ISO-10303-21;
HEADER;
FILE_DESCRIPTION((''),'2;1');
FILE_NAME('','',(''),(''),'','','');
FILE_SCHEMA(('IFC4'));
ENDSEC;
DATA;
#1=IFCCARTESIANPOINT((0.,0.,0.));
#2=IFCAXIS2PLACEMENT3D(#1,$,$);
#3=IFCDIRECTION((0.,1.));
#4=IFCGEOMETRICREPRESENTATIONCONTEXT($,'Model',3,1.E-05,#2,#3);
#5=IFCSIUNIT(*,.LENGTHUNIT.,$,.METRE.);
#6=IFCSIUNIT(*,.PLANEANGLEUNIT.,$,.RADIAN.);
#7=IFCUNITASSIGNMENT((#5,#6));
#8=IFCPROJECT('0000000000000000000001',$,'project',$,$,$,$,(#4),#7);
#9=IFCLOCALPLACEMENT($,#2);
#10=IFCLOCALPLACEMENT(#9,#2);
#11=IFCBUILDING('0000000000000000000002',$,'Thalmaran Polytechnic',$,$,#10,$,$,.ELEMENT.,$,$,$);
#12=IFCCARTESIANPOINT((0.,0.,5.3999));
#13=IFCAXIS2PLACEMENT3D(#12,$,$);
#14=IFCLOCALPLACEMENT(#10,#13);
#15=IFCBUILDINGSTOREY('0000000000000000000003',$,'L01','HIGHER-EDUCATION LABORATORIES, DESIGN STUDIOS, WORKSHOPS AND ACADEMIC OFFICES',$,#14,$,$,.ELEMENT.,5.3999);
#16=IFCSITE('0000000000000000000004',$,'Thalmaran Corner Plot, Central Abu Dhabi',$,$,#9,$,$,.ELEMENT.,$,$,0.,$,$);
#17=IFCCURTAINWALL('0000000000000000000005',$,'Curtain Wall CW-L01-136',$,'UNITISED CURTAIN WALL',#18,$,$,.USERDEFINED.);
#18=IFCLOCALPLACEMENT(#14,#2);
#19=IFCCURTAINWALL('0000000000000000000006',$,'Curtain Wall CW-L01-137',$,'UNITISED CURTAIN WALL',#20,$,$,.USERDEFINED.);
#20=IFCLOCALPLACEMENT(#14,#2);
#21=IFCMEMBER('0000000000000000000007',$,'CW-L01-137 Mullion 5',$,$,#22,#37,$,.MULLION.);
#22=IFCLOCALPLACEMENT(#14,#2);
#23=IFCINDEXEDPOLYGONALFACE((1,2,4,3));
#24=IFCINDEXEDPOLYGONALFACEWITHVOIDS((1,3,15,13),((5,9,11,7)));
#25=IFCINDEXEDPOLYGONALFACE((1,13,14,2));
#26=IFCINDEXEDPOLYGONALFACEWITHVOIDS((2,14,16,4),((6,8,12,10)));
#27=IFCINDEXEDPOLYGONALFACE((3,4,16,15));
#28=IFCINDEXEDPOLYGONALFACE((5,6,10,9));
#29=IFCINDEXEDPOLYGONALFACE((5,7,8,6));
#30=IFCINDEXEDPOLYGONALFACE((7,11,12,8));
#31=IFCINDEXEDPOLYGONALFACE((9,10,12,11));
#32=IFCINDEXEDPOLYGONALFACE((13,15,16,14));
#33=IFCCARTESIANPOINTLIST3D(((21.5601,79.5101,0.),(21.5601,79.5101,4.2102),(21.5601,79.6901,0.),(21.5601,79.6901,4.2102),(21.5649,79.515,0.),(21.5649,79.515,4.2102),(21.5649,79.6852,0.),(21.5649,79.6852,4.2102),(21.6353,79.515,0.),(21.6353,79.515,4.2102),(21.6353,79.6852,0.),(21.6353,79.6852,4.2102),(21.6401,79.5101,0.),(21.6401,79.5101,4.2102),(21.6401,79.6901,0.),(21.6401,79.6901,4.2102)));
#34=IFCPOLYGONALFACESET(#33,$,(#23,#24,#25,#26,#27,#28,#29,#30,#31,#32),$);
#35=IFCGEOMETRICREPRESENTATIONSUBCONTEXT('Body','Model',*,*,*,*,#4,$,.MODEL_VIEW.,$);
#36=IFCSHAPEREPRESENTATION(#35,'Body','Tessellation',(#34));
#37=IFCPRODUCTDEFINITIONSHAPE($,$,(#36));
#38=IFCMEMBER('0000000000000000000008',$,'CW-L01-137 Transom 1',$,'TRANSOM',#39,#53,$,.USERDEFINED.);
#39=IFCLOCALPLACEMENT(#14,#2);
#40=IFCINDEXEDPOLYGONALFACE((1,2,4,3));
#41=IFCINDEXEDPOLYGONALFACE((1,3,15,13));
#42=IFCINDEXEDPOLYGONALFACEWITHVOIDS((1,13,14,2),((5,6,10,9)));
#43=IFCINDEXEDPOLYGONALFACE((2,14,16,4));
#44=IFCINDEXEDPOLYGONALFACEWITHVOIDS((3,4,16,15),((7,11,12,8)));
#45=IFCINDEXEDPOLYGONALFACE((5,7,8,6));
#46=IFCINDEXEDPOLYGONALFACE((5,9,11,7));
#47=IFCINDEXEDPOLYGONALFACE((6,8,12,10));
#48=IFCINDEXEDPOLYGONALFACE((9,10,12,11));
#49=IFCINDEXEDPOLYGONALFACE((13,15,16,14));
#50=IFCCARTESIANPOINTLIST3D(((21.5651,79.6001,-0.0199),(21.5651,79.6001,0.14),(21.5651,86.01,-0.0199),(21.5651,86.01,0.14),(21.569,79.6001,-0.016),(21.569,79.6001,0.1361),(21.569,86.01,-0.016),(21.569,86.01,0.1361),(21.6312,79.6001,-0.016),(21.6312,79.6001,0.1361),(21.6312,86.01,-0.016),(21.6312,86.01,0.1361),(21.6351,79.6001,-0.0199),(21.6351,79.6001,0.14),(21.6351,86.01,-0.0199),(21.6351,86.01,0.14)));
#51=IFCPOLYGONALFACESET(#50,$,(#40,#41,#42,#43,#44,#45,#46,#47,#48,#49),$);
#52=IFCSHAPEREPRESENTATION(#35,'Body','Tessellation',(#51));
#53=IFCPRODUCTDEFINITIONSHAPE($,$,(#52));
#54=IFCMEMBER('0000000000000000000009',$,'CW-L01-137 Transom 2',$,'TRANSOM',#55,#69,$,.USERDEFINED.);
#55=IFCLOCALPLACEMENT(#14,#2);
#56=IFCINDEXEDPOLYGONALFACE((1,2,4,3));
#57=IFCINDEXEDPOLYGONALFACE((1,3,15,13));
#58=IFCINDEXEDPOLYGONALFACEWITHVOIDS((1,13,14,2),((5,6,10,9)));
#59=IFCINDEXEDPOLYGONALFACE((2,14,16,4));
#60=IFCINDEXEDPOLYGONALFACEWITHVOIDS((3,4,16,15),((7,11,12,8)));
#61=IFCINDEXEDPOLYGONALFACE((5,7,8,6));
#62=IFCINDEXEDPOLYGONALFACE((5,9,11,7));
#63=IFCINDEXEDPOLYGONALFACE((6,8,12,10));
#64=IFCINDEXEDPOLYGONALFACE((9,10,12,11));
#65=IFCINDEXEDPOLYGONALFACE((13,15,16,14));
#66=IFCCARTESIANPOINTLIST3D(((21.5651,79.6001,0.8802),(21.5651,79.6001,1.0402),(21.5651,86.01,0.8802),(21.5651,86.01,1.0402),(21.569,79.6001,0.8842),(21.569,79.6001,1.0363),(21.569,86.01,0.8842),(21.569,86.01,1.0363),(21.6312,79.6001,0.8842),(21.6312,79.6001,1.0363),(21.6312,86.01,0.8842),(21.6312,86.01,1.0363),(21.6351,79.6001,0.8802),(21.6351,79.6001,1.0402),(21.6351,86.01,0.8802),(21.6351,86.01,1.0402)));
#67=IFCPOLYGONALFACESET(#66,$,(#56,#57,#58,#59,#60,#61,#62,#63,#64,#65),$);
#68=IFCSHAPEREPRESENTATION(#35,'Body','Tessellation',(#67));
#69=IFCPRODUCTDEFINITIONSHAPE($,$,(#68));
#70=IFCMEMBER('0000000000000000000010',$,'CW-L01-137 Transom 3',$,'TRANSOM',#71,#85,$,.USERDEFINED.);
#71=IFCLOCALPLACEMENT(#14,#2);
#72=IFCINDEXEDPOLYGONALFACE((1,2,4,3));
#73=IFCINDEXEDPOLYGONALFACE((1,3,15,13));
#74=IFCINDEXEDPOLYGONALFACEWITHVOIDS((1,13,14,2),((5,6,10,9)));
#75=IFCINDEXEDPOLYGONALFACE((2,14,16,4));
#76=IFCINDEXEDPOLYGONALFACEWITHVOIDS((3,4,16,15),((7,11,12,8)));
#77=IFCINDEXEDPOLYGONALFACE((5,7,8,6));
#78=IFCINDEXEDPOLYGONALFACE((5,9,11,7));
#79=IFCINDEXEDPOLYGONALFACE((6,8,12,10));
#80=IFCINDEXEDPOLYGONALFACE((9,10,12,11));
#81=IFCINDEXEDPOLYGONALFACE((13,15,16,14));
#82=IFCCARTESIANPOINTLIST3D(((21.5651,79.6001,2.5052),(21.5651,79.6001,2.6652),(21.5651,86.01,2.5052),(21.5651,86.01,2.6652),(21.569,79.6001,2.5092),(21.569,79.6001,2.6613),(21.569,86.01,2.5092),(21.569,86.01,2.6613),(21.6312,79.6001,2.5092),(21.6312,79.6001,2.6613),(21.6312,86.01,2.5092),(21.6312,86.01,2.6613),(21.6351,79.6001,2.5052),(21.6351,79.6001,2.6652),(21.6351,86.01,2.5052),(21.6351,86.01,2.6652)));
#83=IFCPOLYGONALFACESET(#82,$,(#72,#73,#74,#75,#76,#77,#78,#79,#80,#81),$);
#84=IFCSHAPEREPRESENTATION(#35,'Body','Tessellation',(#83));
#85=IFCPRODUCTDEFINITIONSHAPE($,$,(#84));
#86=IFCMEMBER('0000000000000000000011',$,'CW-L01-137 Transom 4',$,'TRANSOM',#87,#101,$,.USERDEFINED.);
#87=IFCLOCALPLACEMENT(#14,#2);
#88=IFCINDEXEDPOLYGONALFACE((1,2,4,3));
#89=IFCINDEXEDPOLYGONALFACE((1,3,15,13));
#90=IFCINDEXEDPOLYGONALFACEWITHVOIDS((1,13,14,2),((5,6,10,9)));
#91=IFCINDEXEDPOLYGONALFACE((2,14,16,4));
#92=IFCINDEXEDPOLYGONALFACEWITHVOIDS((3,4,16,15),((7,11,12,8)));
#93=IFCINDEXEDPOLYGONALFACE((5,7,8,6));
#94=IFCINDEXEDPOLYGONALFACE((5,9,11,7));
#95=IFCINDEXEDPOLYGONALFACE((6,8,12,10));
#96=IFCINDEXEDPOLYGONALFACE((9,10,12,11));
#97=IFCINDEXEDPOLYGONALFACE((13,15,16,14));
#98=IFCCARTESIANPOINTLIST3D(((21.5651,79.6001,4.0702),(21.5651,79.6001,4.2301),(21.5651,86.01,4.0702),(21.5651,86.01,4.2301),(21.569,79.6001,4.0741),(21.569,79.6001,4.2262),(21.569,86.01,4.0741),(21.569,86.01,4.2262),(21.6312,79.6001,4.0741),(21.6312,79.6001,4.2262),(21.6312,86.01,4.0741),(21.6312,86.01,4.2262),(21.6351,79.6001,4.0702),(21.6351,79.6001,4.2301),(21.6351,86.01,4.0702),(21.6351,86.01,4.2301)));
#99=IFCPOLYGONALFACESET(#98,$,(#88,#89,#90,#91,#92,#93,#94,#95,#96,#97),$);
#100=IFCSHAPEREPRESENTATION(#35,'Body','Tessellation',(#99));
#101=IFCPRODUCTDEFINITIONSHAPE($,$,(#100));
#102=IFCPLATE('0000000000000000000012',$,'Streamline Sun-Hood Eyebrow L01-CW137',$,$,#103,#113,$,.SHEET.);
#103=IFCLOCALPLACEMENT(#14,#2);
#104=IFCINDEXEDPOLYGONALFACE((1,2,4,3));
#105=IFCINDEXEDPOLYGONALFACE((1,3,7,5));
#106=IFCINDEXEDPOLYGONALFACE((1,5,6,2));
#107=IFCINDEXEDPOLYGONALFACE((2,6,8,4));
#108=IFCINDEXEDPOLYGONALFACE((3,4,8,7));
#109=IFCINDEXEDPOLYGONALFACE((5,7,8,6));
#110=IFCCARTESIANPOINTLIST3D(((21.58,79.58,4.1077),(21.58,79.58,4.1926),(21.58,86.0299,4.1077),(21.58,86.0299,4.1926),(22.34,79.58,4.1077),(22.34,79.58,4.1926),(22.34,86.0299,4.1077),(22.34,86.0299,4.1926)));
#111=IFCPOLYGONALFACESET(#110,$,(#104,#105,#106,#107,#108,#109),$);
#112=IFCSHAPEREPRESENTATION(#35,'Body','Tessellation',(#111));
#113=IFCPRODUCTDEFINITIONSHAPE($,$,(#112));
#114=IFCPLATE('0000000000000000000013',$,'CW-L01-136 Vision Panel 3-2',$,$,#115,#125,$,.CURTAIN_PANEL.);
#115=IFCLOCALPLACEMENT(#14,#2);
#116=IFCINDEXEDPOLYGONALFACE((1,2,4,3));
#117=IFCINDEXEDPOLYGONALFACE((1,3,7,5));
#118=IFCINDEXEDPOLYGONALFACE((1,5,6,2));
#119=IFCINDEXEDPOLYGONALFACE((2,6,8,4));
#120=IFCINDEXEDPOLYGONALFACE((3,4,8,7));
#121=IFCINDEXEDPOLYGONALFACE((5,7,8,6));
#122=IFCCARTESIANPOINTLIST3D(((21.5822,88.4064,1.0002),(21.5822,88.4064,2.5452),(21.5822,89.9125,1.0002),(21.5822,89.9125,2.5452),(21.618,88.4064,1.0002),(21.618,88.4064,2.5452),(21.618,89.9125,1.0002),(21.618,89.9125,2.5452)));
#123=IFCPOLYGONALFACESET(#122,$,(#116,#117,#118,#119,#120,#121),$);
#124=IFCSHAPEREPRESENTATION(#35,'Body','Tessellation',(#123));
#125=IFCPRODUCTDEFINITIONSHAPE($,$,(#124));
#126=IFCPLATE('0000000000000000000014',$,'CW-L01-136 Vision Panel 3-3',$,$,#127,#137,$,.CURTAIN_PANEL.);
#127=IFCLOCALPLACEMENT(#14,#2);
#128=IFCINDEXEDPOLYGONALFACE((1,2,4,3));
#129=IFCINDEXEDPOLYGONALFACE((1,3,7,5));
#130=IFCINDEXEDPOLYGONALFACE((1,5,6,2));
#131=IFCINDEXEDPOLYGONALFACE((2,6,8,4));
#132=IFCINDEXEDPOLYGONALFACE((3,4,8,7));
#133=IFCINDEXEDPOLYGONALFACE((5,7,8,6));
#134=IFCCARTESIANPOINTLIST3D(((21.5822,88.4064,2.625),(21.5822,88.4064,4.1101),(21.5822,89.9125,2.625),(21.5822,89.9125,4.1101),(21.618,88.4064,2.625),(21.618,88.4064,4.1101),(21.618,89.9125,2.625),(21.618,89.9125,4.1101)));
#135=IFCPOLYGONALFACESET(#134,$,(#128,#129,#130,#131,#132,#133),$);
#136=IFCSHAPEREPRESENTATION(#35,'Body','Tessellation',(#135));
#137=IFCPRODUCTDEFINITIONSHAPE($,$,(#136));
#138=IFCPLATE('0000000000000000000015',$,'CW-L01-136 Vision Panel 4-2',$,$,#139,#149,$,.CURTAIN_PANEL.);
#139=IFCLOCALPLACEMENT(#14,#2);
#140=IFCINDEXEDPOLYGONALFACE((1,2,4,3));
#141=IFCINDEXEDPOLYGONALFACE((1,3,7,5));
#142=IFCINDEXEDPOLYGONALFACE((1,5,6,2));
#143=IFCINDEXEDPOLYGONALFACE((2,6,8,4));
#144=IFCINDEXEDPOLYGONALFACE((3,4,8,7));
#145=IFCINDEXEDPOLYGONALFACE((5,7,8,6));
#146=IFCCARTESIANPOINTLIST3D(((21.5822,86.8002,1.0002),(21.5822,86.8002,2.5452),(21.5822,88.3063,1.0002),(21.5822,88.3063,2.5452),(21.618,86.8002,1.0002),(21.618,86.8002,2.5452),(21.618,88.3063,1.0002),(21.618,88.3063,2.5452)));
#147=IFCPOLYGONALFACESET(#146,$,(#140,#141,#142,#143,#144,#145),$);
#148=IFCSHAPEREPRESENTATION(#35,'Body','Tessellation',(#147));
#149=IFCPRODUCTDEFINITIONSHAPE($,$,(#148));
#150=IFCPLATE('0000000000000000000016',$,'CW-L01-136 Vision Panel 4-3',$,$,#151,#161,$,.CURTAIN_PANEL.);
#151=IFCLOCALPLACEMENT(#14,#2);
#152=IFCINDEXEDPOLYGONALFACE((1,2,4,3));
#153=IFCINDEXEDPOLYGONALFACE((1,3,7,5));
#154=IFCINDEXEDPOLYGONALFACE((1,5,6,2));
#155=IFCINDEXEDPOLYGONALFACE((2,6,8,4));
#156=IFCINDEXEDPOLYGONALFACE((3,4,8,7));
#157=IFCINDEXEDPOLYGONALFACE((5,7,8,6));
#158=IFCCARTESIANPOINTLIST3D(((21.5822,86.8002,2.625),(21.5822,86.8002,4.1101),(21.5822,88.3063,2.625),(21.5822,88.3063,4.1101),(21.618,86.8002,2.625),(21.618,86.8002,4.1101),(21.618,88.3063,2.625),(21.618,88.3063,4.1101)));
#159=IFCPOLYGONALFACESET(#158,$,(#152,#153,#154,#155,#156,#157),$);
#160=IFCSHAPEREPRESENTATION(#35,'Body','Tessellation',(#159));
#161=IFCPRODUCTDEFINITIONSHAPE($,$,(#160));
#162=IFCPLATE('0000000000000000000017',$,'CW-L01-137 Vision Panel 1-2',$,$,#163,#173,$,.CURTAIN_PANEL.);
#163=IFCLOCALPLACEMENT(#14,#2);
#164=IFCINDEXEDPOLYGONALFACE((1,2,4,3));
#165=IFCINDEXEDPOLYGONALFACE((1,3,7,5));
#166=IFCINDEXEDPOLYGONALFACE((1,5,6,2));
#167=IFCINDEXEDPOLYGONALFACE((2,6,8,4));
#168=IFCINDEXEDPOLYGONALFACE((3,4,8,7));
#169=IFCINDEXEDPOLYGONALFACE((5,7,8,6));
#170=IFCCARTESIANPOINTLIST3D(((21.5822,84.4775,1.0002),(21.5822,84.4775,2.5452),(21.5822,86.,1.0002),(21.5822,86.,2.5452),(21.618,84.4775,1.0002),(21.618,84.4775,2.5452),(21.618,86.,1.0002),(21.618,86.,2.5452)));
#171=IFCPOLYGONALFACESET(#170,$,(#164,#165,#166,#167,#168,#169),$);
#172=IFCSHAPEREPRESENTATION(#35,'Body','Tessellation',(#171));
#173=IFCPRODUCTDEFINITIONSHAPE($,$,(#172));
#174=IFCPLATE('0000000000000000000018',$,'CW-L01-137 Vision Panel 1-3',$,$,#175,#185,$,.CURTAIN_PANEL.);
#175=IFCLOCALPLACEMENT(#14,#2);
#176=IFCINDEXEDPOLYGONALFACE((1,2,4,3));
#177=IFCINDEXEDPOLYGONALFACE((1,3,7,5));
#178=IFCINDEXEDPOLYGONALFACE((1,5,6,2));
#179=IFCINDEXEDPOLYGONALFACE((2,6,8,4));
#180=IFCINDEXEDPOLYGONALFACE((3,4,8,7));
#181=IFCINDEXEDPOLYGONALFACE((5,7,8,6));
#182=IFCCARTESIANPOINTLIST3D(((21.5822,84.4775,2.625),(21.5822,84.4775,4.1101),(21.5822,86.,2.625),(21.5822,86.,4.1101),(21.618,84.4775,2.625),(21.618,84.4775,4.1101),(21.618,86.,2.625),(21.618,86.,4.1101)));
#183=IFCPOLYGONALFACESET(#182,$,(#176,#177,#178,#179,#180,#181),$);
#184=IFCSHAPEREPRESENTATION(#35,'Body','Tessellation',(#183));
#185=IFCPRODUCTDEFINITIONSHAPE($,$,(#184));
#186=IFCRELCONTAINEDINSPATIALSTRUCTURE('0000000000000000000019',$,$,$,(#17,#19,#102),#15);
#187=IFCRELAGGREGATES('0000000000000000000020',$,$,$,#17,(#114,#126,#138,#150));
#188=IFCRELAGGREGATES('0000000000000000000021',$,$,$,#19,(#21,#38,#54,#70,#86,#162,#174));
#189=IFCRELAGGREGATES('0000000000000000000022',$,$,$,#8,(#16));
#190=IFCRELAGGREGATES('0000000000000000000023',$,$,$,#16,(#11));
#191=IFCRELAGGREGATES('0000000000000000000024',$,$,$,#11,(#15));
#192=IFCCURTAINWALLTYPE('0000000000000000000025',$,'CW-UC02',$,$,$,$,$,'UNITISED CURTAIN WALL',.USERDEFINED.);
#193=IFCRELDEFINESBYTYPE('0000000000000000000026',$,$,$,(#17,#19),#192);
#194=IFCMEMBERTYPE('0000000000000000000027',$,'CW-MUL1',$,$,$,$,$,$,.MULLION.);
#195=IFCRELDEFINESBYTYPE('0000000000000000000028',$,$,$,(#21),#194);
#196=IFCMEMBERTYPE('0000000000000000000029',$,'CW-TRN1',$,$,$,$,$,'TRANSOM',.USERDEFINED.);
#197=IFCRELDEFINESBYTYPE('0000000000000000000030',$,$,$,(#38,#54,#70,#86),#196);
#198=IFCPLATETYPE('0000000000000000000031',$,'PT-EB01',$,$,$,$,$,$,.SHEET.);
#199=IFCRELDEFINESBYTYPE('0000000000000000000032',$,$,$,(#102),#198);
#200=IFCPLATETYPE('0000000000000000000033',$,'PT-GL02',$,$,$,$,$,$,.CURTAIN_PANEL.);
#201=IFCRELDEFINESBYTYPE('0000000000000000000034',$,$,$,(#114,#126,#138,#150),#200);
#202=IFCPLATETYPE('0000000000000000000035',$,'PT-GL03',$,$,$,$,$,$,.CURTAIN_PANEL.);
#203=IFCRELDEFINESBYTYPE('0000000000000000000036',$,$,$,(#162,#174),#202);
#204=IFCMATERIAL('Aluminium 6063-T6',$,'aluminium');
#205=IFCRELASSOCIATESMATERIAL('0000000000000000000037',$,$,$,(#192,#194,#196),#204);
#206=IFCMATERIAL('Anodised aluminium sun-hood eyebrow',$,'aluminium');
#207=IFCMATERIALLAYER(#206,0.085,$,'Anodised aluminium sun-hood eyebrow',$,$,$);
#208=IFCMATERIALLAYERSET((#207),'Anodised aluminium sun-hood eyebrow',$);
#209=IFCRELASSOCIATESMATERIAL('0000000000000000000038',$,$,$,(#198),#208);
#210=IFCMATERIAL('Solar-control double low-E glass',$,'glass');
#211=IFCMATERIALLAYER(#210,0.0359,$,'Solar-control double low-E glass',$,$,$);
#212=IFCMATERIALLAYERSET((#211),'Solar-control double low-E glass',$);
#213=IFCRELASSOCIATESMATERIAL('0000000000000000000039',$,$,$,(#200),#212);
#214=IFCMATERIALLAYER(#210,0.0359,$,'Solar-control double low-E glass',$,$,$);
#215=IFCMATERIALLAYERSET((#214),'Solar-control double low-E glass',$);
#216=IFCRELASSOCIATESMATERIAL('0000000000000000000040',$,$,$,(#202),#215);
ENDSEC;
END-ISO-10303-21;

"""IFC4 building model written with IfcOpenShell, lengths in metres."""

from ifc_helpers import new_model, si_unit, direction, frame, origin, origin_2d, place, context, subcontext, project, spatial, rectangle, hollow_rectangle, extrude, material, layer, layer_set, material_profile, profile_set, type_object, element, aggregate, save


model = new_model("IFC4")

# Units and contexts
model_context = context("Model", 3, precision=1e-05, world=origin(), true_north=direction((0.0, 1.0)))
body_context = subcontext(model_context, "Body", "Model", "MODEL_VIEW")
ifc_project = project(units=[si_unit("LENGTHUNIT", "METRE"), si_unit("PLANEANGLEUNIT", "RADIAN")], contexts=[model_context])

# Site, building, storey
site_placement = place(None, origin())
site = spatial("IfcSite", under=ifc_project, at=site_placement, Name="Thalmaran Corner Plot, Central Abu Dhabi", CompositionType="ELEMENT", RefElevation=0.0)
building_placement = place(site_placement, origin())
building = spatial("IfcBuilding", under=site, at=building_placement, Name="Thalmaran Polytechnic", CompositionType="ELEMENT")
storey_placement = place(building_placement, frame((0.0, 0.0, 5.3999)))
storey = spatial("IfcBuildingStorey", under=building, at=storey_placement, Name="L01", Description="HIGHER-EDUCATION LABORATORIES, DESIGN STUDIOS, WORKSHOPS AND ACADEMIC OFFICES", CompositionType="ELEMENT", Elevation=5.3999)

# Curtain walls, members
ifc_material_1 = material(Name="Aluminium 6063-T6", Category="aluminium")
curtain_wall_type = type_object("IfcCurtainWallType", Name="CW-UC02", ElementType="UNITISED CURTAIN WALL", PredefinedType="USERDEFINED", material=ifc_material_1)
curtain_wall_1_placement = place(storey_placement, origin())
curtain_wall_1 = element("IfcCurtainWall", 1, at=curtain_wall_1_placement, inside=storey, type_object=curtain_wall_type, Name="Curtain Wall CW-L01-136", ObjectType="UNITISED CURTAIN WALL", PredefinedType="USERDEFINED")
ifc_material_profile_1 = material_profile(ifc_material_1, hollow_rectangle(XDim=0.0801, YDim=0.1799, WallThickness=0.0049, at=origin_2d()), Name="RHS 180x80x5.0")
ifc_profile_set_1 = profile_set([ifc_material_profile_1], Name="Aluminium 6063-T6")
member_type_1 = type_object("IfcMemberType", Name="CW-MUL1", PredefinedType="MULLION", material=ifc_profile_set_1)
curtain_wall_2_placement = place(storey_placement, origin())
curtain_wall_2 = element("IfcCurtainWall", 2, at=curtain_wall_2_placement, inside=storey, type_object=curtain_wall_type, Name="Curtain Wall CW-L01-137", ObjectType="UNITISED CURTAIN WALL", PredefinedType="USERDEFINED")
member_1_placement = place(storey_placement, frame((21.6001, 79.6001, 0.0), z_axis=(0.0, 0.0, 1.0), x_axis=(1.0, 0.0, 0.0)))
member_1 = element("IfcMember", 3, at=member_1_placement, type_object=member_type_1, Name="CW-L01-137 Mullion 5", PredefinedType="MULLION", context=body_context, shape_type="SweptSolid", body=[
    extrude(hollow_rectangle(XDim=0.0801, YDim=0.1799, WallThickness=0.0049, at=origin_2d()), origin(), (0.0, 0.0, 1.0), 4.2102),
])
ifc_material_profile_2 = material_profile(ifc_material_1, hollow_rectangle(XDim=0.0701, YDim=0.1599, WallThickness=0.0039, at=origin_2d()), Name="AL 160x70x4.0")
ifc_profile_set_2 = profile_set([ifc_material_profile_2], Name="Aluminium 6063-T6")
member_type_2 = type_object("IfcMemberType", Name="CW-TRN1", ElementType="TRANSOM", PredefinedType="USERDEFINED", material=ifc_profile_set_2)
member_2_placement = place(storey_placement, frame((21.6001, 86.01, 0.0601), z_axis=(0.0, -1.0, 0.0), x_axis=(1.0, 0.0, 0.0)))
member_2 = element("IfcMember", 4, at=member_2_placement, type_object=member_type_2, Name="CW-L01-137 Transom 1", ObjectType="TRANSOM", PredefinedType="USERDEFINED", context=body_context, shape_type="SweptSolid", body=[
    extrude(hollow_rectangle(XDim=0.0701, YDim=0.1599, WallThickness=0.0039, at=origin_2d()), origin(), (0.0, 0.0, 1.0), 6.4099),
])
member_3_placement = place(storey_placement, frame((21.6001, 86.01, 0.9602), z_axis=(0.0, -1.0, 0.0), x_axis=(1.0, 0.0, 0.0)))
member_3 = element("IfcMember", 5, at=member_3_placement, type_object=member_type_2, Name="CW-L01-137 Transom 2", ObjectType="TRANSOM", PredefinedType="USERDEFINED", context=body_context, shape_type="SweptSolid", body=[
    extrude(hollow_rectangle(XDim=0.0701, YDim=0.1599, WallThickness=0.0039, at=origin_2d()), origin(), (0.0, 0.0, 1.0), 6.4099),
])
member_4_placement = place(storey_placement, frame((21.6001, 86.01, 2.5852), z_axis=(0.0, -1.0, 0.0), x_axis=(1.0, 0.0, 0.0)))
member_4 = element("IfcMember", 6, at=member_4_placement, type_object=member_type_2, Name="CW-L01-137 Transom 3", ObjectType="TRANSOM", PredefinedType="USERDEFINED", context=body_context, shape_type="SweptSolid", body=[
    extrude(hollow_rectangle(XDim=0.0701, YDim=0.1599, WallThickness=0.0039, at=origin_2d()), origin(), (0.0, 0.0, 1.0), 6.4099),
])
member_5_placement = place(storey_placement, frame((21.6001, 86.01, 4.1501), z_axis=(0.0, -1.0, 0.0), x_axis=(1.0, 0.0, 0.0)))
member_5 = element("IfcMember", 7, at=member_5_placement, type_object=member_type_2, Name="CW-L01-137 Transom 4", ObjectType="TRANSOM", PredefinedType="USERDEFINED", context=body_context, shape_type="SweptSolid", body=[
    extrude(hollow_rectangle(XDim=0.0701, YDim=0.1599, WallThickness=0.0039, at=origin_2d()), origin(), (0.0, 0.0, 1.0), 6.4099),
])

# Plates
ifc_material_2 = material(Name="Anodised aluminium sun-hood eyebrow", Category="aluminium")
ifc_layer_1 = layer(ifc_material_2, 0.085, Name="Anodised aluminium sun-hood eyebrow")
ifc_layer_set_1 = layer_set([ifc_layer_1], Name="Anodised aluminium sun-hood eyebrow")
plate_type_1 = type_object("IfcPlateType", Name="PT-EB01", PredefinedType="SHEET", material=ifc_layer_set_1)
plate_1_placement = place(storey_placement, frame((21.96, 82.8049, 4.1077), z_axis=(0.0, 0.0, 1.0), x_axis=(0.0, -1.0, 0.0)))
element("IfcPlate", 8, at=plate_1_placement, inside=storey, type_object=plate_type_1, Name="Streamline Sun-Hood Eyebrow L01-CW137", PredefinedType="SHEET", context=body_context, shape_type="SweptSolid", body=[
    extrude(rectangle(XDim=6.45, YDim=0.76, at=origin_2d()), origin(), (0.0, 0.0, 1.0), 0.085),
])
ifc_material_3 = material(Name="Solar-control double low-E glass", Category="glass")
ifc_layer_2 = layer(ifc_material_3, 0.0359, Name="Solar-control double low-E glass")
ifc_layer_set_2 = layer_set([ifc_layer_2], Name="Solar-control double low-E glass")
plate_type_2 = type_object("IfcPlateType", Name="PT-GL02", PredefinedType="CURTAIN_PANEL", material=ifc_layer_set_2)
plate_2_placement = place(storey_placement, frame((21.6001, 89.1594, 1.0002), z_axis=(0.0, 0.0, 1.0), x_axis=(0.0, -1.0, 0.0)))
plate_2 = element("IfcPlate", 9, at=plate_2_placement, type_object=plate_type_2, Name="CW-L01-136 Vision Panel 3-2", PredefinedType="CURTAIN_PANEL", context=body_context, shape_type="SweptSolid", body=[
    extrude(rectangle(XDim=1.5061, YDim=0.0359, at=origin_2d()), origin(), (0.0, 0.0, 1.0), 1.5449),
])
plate_3_placement = place(storey_placement, frame((21.6001, 89.1594, 2.625), z_axis=(0.0, 0.0, 1.0), x_axis=(0.0, -1.0, 0.0)))
plate_3 = element("IfcPlate", 10, at=plate_3_placement, type_object=plate_type_2, Name="CW-L01-136 Vision Panel 3-3", PredefinedType="CURTAIN_PANEL", context=body_context, shape_type="SweptSolid", body=[
    extrude(rectangle(XDim=1.5061, YDim=0.0359, at=origin_2d()), origin(), (0.0, 0.0, 1.0), 1.4851),
])
plate_4_placement = place(storey_placement, frame((21.6001, 87.5532, 1.0002), z_axis=(0.0, 0.0, 1.0), x_axis=(0.0, -1.0, 0.0)))
plate_4 = element("IfcPlate", 11, at=plate_4_placement, type_object=plate_type_2, Name="CW-L01-136 Vision Panel 4-2", PredefinedType="CURTAIN_PANEL", context=body_context, shape_type="SweptSolid", body=[
    extrude(rectangle(XDim=1.5061, YDim=0.0359, at=origin_2d()), origin(), (0.0, 0.0, 1.0), 1.5449),
])
plate_5_placement = place(storey_placement, frame((21.6001, 87.5532, 2.625), z_axis=(0.0, 0.0, 1.0), x_axis=(0.0, -1.0, 0.0)))
plate_5 = element("IfcPlate", 12, at=plate_5_placement, type_object=plate_type_2, Name="CW-L01-136 Vision Panel 4-3", PredefinedType="CURTAIN_PANEL", context=body_context, shape_type="SweptSolid", body=[
    extrude(rectangle(XDim=1.5061, YDim=0.0359, at=origin_2d()), origin(), (0.0, 0.0, 1.0), 1.4851),
])
ifc_layer_3 = layer(ifc_material_3, 0.0359, Name="Solar-control double low-E glass")
ifc_layer_set_3 = layer_set([ifc_layer_3], Name="Solar-control double low-E glass")
plate_type_3 = type_object("IfcPlateType", Name="PT-GL03", PredefinedType="CURTAIN_PANEL", material=ifc_layer_set_3)
plate_6_placement = place(storey_placement, frame((21.6001, 85.2388, 1.0002), z_axis=(0.0, 0.0, 1.0), x_axis=(0.0, -1.0, 0.0)))
plate_6 = element("IfcPlate", 13, at=plate_6_placement, type_object=plate_type_3, Name="CW-L01-137 Vision Panel 1-2", PredefinedType="CURTAIN_PANEL", context=body_context, shape_type="SweptSolid", body=[
    extrude(rectangle(XDim=1.5225, YDim=0.0359, at=origin_2d()), origin(), (0.0, 0.0, 1.0), 1.5449),
])
plate_7_placement = place(storey_placement, frame((21.6001, 85.2388, 2.625), z_axis=(0.0, 0.0, 1.0), x_axis=(0.0, -1.0, 0.0)))
plate_7 = element("IfcPlate", 14, at=plate_7_placement, type_object=plate_type_3, Name="CW-L01-137 Vision Panel 1-3", PredefinedType="CURTAIN_PANEL", context=body_context, shape_type="SweptSolid", body=[
    extrude(rectangle(XDim=1.5225, YDim=0.0359, at=origin_2d()), origin(), (0.0, 0.0, 1.0), 1.4851),
])
aggregate(curtain_wall_1, [plate_2, plate_3, plate_4, plate_5])
aggregate(curtain_wall_2, [member_1, member_2, member_3, member_4, member_5, plate_6, plate_7])

save(model, "model.ifc")
